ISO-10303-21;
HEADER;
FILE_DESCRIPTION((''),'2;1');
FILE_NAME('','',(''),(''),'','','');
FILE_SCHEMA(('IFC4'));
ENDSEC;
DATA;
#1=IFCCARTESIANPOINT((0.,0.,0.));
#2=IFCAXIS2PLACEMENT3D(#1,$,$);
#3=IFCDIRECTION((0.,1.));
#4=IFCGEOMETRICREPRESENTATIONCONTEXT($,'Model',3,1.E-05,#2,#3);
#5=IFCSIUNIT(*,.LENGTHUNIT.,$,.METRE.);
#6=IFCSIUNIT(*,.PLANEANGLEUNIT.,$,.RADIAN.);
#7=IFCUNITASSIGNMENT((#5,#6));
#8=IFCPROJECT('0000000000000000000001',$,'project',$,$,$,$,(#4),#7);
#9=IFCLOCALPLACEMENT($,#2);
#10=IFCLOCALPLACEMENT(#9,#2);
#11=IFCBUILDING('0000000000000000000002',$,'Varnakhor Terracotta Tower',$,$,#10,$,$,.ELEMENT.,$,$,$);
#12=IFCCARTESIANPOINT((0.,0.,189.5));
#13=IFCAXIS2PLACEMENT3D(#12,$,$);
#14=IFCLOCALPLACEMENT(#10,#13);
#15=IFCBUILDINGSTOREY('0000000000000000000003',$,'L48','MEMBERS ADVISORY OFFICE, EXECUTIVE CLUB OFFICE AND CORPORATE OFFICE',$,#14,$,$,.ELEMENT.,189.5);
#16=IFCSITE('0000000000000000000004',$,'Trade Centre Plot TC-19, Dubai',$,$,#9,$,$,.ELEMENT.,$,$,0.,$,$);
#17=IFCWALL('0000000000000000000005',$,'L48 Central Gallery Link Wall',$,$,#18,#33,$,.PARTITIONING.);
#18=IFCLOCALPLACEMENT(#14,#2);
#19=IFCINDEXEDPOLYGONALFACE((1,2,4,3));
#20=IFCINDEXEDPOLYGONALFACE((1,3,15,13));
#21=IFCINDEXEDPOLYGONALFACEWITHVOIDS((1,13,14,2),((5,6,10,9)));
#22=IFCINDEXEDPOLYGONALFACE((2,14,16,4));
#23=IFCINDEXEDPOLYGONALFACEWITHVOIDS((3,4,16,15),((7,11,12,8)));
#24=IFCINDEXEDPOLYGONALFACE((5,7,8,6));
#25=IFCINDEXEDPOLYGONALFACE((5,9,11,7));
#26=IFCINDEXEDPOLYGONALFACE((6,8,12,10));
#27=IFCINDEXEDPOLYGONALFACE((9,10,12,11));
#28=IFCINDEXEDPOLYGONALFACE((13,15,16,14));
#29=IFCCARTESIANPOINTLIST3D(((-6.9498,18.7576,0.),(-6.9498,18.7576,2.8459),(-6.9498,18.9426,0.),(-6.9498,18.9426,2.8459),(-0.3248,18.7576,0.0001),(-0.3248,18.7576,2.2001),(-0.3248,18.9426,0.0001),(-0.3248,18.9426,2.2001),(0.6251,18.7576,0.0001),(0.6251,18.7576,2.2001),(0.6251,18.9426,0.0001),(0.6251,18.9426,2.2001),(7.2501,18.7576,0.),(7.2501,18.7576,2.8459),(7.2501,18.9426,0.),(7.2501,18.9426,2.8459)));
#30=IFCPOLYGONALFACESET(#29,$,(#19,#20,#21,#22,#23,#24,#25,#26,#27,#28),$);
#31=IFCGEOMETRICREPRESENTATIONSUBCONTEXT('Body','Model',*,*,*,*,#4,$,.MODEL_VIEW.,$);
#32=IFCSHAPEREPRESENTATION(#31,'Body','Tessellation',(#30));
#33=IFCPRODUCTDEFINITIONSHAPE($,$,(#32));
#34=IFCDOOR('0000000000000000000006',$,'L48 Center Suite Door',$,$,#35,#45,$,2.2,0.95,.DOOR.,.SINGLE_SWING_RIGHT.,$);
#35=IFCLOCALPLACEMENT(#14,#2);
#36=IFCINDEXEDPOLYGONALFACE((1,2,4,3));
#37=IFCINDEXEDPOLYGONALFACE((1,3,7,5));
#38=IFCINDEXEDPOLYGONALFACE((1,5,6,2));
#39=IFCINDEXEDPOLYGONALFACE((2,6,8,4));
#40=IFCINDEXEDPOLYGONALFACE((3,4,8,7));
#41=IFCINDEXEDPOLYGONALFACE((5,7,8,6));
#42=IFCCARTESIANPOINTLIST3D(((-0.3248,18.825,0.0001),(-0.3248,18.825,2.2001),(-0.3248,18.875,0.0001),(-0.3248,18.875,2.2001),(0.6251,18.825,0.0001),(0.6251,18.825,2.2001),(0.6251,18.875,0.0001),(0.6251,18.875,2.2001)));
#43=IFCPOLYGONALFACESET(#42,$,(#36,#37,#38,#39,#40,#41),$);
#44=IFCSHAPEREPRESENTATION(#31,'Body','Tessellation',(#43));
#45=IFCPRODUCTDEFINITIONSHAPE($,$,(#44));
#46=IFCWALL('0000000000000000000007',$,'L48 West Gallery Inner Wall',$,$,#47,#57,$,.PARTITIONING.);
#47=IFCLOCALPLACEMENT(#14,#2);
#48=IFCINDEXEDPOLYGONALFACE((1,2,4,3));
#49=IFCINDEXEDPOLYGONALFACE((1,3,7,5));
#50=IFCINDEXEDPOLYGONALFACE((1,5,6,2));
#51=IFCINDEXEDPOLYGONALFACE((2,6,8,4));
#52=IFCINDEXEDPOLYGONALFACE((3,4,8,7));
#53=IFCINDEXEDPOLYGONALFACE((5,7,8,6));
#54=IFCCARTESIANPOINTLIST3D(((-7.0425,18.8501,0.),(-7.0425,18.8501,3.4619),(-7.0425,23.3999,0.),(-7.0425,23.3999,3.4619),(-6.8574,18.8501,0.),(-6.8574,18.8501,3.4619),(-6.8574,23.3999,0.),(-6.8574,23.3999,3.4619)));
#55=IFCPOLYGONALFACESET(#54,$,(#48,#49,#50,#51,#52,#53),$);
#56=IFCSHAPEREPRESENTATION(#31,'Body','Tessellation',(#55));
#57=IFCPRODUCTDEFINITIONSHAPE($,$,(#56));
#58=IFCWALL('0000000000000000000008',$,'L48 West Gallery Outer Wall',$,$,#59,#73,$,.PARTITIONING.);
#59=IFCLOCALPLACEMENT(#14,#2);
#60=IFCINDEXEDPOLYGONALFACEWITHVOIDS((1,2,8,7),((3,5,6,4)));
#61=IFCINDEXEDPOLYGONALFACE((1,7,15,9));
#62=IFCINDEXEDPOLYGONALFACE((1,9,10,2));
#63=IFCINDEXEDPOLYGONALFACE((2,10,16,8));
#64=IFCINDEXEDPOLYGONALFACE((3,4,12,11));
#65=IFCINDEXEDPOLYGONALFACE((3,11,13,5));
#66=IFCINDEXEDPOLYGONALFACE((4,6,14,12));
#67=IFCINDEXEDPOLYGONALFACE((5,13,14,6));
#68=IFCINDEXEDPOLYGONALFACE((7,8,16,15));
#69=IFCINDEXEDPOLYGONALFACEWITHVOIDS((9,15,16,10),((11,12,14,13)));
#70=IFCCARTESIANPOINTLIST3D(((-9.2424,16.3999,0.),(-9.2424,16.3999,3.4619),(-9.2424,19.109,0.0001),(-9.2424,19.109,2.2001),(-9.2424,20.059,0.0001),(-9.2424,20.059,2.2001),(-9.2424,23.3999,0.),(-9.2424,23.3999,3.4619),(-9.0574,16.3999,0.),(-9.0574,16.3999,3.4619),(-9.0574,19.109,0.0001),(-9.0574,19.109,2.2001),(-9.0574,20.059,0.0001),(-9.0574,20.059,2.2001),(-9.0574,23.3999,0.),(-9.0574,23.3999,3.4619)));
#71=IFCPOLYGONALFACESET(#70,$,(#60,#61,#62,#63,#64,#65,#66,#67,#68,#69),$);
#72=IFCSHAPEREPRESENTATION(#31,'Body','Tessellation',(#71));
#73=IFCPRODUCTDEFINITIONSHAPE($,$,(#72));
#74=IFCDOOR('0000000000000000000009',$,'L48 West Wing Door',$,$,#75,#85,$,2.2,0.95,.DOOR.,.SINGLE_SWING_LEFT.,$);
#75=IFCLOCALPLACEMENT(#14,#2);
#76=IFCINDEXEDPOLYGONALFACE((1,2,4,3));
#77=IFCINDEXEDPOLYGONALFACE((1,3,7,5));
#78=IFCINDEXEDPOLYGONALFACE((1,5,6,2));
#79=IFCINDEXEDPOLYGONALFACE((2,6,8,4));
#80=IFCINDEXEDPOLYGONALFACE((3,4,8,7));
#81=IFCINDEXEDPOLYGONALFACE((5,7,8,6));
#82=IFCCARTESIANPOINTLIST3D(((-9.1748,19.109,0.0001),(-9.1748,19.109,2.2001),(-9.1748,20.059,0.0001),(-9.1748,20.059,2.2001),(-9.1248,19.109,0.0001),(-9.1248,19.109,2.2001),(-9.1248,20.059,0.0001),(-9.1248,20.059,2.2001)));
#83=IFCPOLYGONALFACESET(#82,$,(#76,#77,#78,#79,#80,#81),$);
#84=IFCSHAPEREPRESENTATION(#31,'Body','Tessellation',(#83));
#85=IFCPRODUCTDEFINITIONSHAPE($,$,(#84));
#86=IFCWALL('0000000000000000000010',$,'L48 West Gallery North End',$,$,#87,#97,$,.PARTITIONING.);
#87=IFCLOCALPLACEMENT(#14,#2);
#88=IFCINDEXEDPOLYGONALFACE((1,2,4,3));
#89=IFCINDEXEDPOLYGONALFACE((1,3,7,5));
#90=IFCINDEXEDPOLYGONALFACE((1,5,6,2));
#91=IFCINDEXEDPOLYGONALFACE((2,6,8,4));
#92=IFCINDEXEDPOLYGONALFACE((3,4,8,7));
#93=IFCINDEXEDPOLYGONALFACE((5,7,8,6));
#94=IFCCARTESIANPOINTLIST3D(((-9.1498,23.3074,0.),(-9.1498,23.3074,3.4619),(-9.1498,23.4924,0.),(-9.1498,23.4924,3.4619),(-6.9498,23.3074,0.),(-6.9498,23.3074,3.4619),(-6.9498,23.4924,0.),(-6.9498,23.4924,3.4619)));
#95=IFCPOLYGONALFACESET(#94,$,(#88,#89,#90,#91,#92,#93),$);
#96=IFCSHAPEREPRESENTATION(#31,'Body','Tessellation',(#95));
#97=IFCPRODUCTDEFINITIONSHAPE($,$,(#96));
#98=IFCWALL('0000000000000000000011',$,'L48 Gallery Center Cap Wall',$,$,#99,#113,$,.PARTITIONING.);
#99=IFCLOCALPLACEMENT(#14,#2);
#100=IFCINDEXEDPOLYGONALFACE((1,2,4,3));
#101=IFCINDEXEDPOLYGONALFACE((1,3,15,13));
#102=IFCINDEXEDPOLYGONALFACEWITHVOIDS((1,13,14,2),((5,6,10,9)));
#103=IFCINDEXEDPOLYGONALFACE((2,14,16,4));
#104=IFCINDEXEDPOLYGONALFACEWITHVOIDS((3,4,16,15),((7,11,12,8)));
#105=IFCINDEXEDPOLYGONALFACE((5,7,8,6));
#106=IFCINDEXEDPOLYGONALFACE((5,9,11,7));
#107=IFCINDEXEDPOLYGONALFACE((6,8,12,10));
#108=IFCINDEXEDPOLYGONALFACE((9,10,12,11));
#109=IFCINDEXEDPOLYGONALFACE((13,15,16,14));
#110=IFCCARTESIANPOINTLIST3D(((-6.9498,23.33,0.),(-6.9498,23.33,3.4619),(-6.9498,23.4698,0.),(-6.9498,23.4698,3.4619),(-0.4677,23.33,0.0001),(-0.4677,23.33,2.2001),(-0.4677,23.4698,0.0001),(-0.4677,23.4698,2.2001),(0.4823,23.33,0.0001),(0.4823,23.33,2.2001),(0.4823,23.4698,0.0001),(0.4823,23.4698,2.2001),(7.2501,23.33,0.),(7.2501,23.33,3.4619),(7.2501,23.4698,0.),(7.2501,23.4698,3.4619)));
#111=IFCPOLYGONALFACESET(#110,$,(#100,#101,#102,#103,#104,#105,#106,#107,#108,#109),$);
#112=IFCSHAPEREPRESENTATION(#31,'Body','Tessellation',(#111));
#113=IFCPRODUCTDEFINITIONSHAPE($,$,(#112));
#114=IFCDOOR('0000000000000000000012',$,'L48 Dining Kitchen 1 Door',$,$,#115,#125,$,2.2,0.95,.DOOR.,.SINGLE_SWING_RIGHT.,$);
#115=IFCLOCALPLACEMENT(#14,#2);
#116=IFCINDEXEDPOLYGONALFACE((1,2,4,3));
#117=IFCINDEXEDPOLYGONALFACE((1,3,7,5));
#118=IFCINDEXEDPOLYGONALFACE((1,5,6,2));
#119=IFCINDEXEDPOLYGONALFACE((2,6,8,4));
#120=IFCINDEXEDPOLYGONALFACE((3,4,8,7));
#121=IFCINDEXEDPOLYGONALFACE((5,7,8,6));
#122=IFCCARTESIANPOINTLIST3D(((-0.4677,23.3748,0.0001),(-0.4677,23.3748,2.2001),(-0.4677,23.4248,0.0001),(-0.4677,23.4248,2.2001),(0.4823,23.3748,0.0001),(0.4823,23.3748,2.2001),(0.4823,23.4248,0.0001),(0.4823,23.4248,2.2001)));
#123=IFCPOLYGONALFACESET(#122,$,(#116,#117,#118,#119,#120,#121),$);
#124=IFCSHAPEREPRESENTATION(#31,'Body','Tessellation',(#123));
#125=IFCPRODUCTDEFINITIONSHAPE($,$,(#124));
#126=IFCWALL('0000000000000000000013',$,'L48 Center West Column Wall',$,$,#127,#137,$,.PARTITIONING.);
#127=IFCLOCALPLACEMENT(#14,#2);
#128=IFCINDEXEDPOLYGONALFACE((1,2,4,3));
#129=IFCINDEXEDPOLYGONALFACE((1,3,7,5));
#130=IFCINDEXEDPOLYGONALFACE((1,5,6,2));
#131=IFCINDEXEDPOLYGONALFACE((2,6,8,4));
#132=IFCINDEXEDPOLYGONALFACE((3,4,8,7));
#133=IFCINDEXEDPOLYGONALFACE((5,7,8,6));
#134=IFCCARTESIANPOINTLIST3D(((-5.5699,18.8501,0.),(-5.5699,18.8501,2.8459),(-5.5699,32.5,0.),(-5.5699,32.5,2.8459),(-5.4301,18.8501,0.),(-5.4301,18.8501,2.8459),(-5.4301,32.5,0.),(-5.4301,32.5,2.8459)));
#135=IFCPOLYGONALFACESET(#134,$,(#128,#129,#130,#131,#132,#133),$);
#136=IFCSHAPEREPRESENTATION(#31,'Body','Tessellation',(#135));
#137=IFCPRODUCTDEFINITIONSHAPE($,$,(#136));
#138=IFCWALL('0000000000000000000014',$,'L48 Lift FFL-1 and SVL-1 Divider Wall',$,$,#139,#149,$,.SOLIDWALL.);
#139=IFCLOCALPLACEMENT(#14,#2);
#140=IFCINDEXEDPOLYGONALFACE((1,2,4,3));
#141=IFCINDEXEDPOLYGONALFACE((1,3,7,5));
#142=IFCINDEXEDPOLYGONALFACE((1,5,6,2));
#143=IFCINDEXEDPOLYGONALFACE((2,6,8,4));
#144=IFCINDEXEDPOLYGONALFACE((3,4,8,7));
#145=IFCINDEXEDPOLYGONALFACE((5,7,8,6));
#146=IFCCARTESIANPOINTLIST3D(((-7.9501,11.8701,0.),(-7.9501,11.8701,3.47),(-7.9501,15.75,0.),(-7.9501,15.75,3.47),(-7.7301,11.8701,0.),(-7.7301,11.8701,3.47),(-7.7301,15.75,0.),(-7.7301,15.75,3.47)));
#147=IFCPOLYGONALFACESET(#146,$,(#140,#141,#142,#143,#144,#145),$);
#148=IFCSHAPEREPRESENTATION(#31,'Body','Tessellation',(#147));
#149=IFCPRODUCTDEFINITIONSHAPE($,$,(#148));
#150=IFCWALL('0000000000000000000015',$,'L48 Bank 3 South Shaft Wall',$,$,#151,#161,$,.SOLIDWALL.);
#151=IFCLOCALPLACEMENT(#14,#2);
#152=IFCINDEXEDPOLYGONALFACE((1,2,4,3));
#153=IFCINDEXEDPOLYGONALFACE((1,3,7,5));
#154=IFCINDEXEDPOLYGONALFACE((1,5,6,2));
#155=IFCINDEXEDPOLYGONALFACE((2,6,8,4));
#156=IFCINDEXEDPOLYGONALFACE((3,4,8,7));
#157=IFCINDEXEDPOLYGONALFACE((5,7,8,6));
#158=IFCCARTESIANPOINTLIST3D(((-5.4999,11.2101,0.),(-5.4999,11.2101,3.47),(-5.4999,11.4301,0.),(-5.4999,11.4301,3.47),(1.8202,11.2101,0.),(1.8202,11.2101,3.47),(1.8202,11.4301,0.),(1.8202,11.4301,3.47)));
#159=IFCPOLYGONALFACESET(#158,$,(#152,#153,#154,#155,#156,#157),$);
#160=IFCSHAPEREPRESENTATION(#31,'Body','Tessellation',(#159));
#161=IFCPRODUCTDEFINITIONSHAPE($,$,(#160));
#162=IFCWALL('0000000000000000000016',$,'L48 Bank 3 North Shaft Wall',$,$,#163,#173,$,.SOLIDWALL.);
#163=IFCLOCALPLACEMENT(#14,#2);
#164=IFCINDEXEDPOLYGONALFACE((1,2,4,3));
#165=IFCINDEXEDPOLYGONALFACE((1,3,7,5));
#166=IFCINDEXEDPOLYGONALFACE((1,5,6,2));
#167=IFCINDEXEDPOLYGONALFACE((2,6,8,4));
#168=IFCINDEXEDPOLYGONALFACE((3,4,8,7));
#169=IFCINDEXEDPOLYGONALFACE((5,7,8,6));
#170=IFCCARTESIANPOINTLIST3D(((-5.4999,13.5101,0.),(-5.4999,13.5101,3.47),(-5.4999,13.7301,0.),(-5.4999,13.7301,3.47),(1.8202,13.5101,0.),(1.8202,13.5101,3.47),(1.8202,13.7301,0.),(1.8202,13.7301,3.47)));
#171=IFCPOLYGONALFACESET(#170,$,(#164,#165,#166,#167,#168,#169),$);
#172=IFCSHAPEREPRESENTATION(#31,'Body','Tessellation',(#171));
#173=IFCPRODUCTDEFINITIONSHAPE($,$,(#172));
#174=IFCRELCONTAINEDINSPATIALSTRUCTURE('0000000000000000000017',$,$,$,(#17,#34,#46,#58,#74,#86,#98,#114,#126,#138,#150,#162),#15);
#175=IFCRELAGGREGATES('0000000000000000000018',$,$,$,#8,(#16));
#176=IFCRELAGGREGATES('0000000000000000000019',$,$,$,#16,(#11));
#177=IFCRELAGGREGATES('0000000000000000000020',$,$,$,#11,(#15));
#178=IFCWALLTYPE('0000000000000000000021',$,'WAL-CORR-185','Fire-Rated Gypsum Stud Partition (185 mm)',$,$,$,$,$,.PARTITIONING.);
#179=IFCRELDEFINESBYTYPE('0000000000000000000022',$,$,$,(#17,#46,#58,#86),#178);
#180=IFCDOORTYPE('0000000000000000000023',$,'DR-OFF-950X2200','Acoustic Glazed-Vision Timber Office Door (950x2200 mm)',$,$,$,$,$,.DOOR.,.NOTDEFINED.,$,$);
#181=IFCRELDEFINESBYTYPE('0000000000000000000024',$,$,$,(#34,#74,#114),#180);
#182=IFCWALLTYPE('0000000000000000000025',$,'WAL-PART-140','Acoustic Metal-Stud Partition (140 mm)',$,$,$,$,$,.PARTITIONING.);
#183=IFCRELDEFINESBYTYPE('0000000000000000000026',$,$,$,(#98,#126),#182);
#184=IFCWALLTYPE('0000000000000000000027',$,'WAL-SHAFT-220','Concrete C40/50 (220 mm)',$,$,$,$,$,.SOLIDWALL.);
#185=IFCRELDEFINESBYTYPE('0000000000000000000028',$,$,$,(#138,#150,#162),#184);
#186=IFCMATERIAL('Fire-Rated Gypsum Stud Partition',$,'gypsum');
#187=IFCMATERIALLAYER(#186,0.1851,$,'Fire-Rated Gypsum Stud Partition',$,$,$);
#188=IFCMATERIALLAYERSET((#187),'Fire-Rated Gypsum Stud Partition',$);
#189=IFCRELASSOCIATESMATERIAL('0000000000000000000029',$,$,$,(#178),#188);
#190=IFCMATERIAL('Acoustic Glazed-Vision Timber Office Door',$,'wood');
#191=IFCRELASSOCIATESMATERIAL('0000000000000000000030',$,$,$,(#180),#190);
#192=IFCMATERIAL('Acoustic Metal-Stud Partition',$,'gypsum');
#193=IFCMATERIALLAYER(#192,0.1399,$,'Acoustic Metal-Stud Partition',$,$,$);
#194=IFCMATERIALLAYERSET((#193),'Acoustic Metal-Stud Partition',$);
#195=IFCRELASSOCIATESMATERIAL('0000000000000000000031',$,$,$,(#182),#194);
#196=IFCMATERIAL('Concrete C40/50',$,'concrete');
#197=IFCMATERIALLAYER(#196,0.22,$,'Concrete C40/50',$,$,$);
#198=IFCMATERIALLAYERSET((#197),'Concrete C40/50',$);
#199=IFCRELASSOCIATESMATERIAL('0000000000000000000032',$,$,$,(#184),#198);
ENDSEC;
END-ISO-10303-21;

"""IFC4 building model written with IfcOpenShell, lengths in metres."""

from ifc_helpers import new_model, si_unit, direction, frame, frame_2d, origin, place, context, subcontext, project, spatial, rectangle, extrude, source, transform, mapped, material, layer, layer_set, type_object, type_shapes, element, fill, save


model = new_model("IFC4")

# Units and contexts
model_context = context("Model", 3, precision=1e-05, world=origin(), true_north=direction((0.0, 1.0)))
body_context = subcontext(model_context, "Body", "Model", "MODEL_VIEW")
ifc_project = project(units=[si_unit("LENGTHUNIT", "METRE"), si_unit("PLANEANGLEUNIT", "RADIAN")], contexts=[model_context])

# Site, building, storey
site_placement = place(None, origin())
site = spatial("IfcSite", under=ifc_project, at=site_placement, Name="Trade Centre Plot TC-19, Dubai", CompositionType="ELEMENT", RefElevation=0.0)
building_placement = place(site_placement, origin())
building = spatial("IfcBuilding", under=site, at=building_placement, Name="Varnakhor Terracotta Tower", CompositionType="ELEMENT")
storey_placement = place(building_placement, frame((0.0, 0.0, 189.5)))
storey = spatial("IfcBuildingStorey", under=building, at=storey_placement, Name="L48", Description="MEMBERS ADVISORY OFFICE, EXECUTIVE CLUB OFFICE AND CORPORATE OFFICE", CompositionType="ELEMENT", Elevation=189.5)

# Wall, opening, door
ifc_material_1 = material(Name="Fire-Rated Gypsum Stud Partition", Category="gypsum")
ifc_layer_1 = layer(ifc_material_1, 0.1851, Name="Fire-Rated Gypsum Stud Partition")
ifc_layer_set_1 = layer_set([ifc_layer_1], Name="Fire-Rated Gypsum Stud Partition")
wall_type_1 = type_object("IfcWallType", Name="WAL-CORR-185", Description="Fire-Rated Gypsum Stud Partition (185 mm)", PredefinedType="PARTITIONING", material=ifc_layer_set_1)
wall_1_placement = place(storey_placement, frame((-6.95, 18.8501, 0.0), z_axis=(0.0, 0.0, 1.0), x_axis=(1.0, 0.0, 0.0)))
wall_1 = element("IfcWall", 1, at=wall_1_placement, inside=storey, type_object=wall_type_1, Name="L48 Central Gallery Link Wall", PredefinedType="PARTITIONING", context=body_context, shape_type="SweptSolid", body=[
    extrude(rectangle(XDim=14.2, YDim=0.1851, at=frame_2d((7.1001, 0.0))), origin(), (0.0, 0.0, 1.0), 2.8459),
])
opening_1_placement = place(wall_1_placement, frame((6.625, 0.0, 0.0)))
opening_1 = element("IfcOpeningElement", 2, at=opening_1_placement, cuts=wall_1, PredefinedType="OPENING", context=body_context, shape_type="SweptSolid", body=[
    extrude(rectangle(XDim=0.95, YDim=2.2, at=frame_2d((0.4751, 1.1001))), frame((0.0, 0.1025, 0.0), z_axis=(0.0, -1.0, 0.0), x_axis=(1.0, 0.0, 0.0)), (0.0, 0.0, 1.0), 0.2051),
])
ifc_material_2 = material(Name="Acoustic Glazed-Vision Timber Office Door", Category="wood")
door_type_1 = type_object("IfcDoorType", Name="DR-OFF-950X2200", Description="Acoustic Glazed-Vision Timber Office Door (950x2200 mm)", OperationType="NOTDEFINED", PredefinedType="DOOR", material=ifc_material_2)
shared_shape_1 = source(origin(), body_context, "Body", "SweptSolid", [
    extrude(rectangle(XDim=0.95, YDim=2.2, at=frame_2d((0.4751, 1.1001))), frame((0.0, 0.0249, 0.0), z_axis=(0.0, -1.0, 0.0), x_axis=(1.0, 0.0, 0.0)), (0.0, 0.0, 1.0), 0.05),
])
type_shapes(door_type_1, [shared_shape_1])
door_1_placement = place(opening_1_placement, origin())
door_1 = element("IfcDoor", 3, at=door_1_placement, inside=storey, type_object=door_type_1, Name="L48 Center Suite Door", OperationType="SINGLE_SWING_RIGHT", OverallHeight=2.2, OverallWidth=0.95, PredefinedType="DOOR", context=body_context, shape_type="MappedRepresentation", body=[
    mapped(shared_shape_1, transform((0.0, 0.0, 0.0), scale=1.0)),
])
fill(opening_1, door_1)

# Wall
wall_2_placement = place(storey_placement, frame((-6.95, 18.8501, 0.0), z_axis=(0.0, 0.0, 1.0), x_axis=(0.0, 1.0, 0.0)))
element("IfcWall", 4, at=wall_2_placement, inside=storey, type_object=wall_type_1, Name="L48 West Gallery Inner Wall", PredefinedType="PARTITIONING", context=body_context, shape_type="SweptSolid", body=[
    extrude(rectangle(XDim=4.5498, YDim=0.1851, at=frame_2d((2.2749, 0.0))), origin(), (0.0, 0.0, 1.0), 3.4619),
])

# Wall, opening, door
wall_3_placement = place(storey_placement, frame((-9.1499, 16.3999, 0.0), z_axis=(0.0, 0.0, 1.0), x_axis=(0.0, 1.0, 0.0)))
wall_3 = element("IfcWall", 5, at=wall_3_placement, inside=storey, type_object=wall_type_1, Name="L48 West Gallery Outer Wall", PredefinedType="PARTITIONING", context=body_context, shape_type="SweptSolid", body=[
    extrude(rectangle(XDim=7.0, YDim=0.1851, at=frame_2d((3.5, 0.0))), origin(), (0.0, 0.0, 1.0), 3.4619),
])
opening_2_placement = place(wall_3_placement, frame((2.709, 0.0, 0.0)))
opening_2 = element("IfcOpeningElement", 6, at=opening_2_placement, cuts=wall_3, PredefinedType="OPENING", context=body_context, shape_type="SweptSolid", body=[
    extrude(rectangle(XDim=0.95, YDim=2.2, at=frame_2d((0.4751, 1.1001))), frame((0.0, 0.1025, 0.0), z_axis=(0.0, -1.0, 0.0), x_axis=(1.0, 0.0, 0.0)), (0.0, 0.0, 1.0), 0.2051),
])
door_2_placement = place(opening_2_placement, origin())
door_2 = element("IfcDoor", 7, at=door_2_placement, inside=storey, type_object=door_type_1, Name="L48 West Wing Door", OperationType="SINGLE_SWING_LEFT", OverallHeight=2.2, OverallWidth=0.95, PredefinedType="DOOR", context=body_context, shape_type="MappedRepresentation", body=[
    mapped(shared_shape_1, transform((0.0, 0.0, 0.0), scale=1.0)),
])
fill(opening_2, door_2)

# Wall
wall_4_placement = place(storey_placement, frame((-9.1499, 23.3999, 0.0), z_axis=(0.0, 0.0, 1.0), x_axis=(1.0, 0.0, 0.0)))
element("IfcWall", 8, at=wall_4_placement, inside=storey, type_object=wall_type_1, Name="L48 West Gallery North End", PredefinedType="PARTITIONING", context=body_context, shape_type="SweptSolid", body=[
    extrude(rectangle(XDim=2.2, YDim=0.1851, at=frame_2d((1.1001, 0.0))), origin(), (0.0, 0.0, 1.0), 3.4619),
])

# Wall, opening, door
ifc_material_3 = material(Name="Acoustic Metal-Stud Partition", Category="gypsum")
ifc_layer_2 = layer(ifc_material_3, 0.1399, Name="Acoustic Metal-Stud Partition")
ifc_layer_set_2 = layer_set([ifc_layer_2], Name="Acoustic Metal-Stud Partition")
wall_type_2 = type_object("IfcWallType", Name="WAL-PART-140", Description="Acoustic Metal-Stud Partition (140 mm)", PredefinedType="PARTITIONING", material=ifc_layer_set_2)
wall_5_placement = place(storey_placement, frame((-6.95, 23.3999, 0.0), z_axis=(0.0, 0.0, 1.0), x_axis=(1.0, 0.0, 0.0)))
wall_5 = element("IfcWall", 9, at=wall_5_placement, inside=storey, type_object=wall_type_2, Name="L48 Gallery Center Cap Wall", PredefinedType="PARTITIONING", context=body_context, shape_type="SweptSolid", body=[
    extrude(rectangle(XDim=14.2, YDim=0.1399, at=frame_2d((7.1001, 0.0))), origin(), (0.0, 0.0, 1.0), 3.4619),
])
opening_3_placement = place(wall_5_placement, frame((6.4822, 0.0, 0.0)))
opening_3 = element("IfcOpeningElement", 10, at=opening_3_placement, cuts=wall_5, PredefinedType="OPENING", context=body_context, shape_type="SweptSolid", body=[
    extrude(rectangle(XDim=0.95, YDim=2.2, at=frame_2d((0.4751, 1.1001))), frame((0.0, 0.0801, 0.0), z_axis=(0.0, -1.0, 0.0), x_axis=(1.0, 0.0, 0.0)), (0.0, 0.0, 1.0), 0.1599),
])
door_3_placement = place(opening_3_placement, origin())
door_3 = element("IfcDoor", 11, at=door_3_placement, inside=storey, type_object=door_type_1, Name="L48 Dining Kitchen 1 Door", OperationType="SINGLE_SWING_RIGHT", OverallHeight=2.2, OverallWidth=0.95, PredefinedType="DOOR", context=body_context, shape_type="MappedRepresentation", body=[
    mapped(shared_shape_1, transform((0.0, 0.0, 0.0), scale=1.0)),
])
fill(opening_3, door_3)

# Walls
wall_6_placement = place(storey_placement, frame((-5.5, 18.8501, 0.0), z_axis=(0.0, 0.0, 1.0), x_axis=(0.0, 1.0, 0.0)))
element("IfcWall", 12, at=wall_6_placement, inside=storey, type_object=wall_type_2, Name="L48 Center West Column Wall", PredefinedType="PARTITIONING", context=body_context, shape_type="SweptSolid", body=[
    extrude(rectangle(XDim=13.6499, YDim=0.1399, at=frame_2d((6.825, 0.0))), origin(), (0.0, 0.0, 1.0), 2.8459),
])
ifc_material_4 = material(Name="Concrete C40/50", Category="concrete")
ifc_layer_3 = layer(ifc_material_4, 0.22, Name="Concrete C40/50")
ifc_layer_set_3 = layer_set([ifc_layer_3], Name="Concrete C40/50")
wall_type_3 = type_object("IfcWallType", Name="WAL-SHAFT-220", Description="Concrete C40/50 (220 mm)", PredefinedType="SOLIDWALL", material=ifc_layer_set_3)
wall_7_placement = place(storey_placement, frame((-7.8401, 11.8701, 0.0), z_axis=(0.0, 0.0, 1.0), x_axis=(0.0, 1.0, 0.0)))
element("IfcWall", 13, at=wall_7_placement, inside=storey, type_object=wall_type_3, Name="L48 Lift FFL-1 and SVL-1 Divider Wall", PredefinedType="SOLIDWALL", context=body_context, shape_type="SweptSolid", body=[
    extrude(rectangle(XDim=3.8799, YDim=0.22, at=frame_2d((1.9399, 0.0))), origin(), (0.0, 0.0, 1.0), 3.47),
])
for number, where, z_axis, x_axis, name in (
    (14, (-5.5, 11.3201, 0.0), (0.0, 0.0, 1.0), (1.0, 0.0, 0.0), "L48 Bank 3 South Shaft Wall"),
    (15, (-5.5, 13.6201, 0.0), (0.0, 0.0, 1.0), (1.0, 0.0, 0.0), "L48 Bank 3 North Shaft Wall"),
):
    element("IfcWall", number, at=place(storey_placement, frame(where, z_axis=z_axis, x_axis=x_axis)), inside=storey, type_object=wall_type_3, Name=name, PredefinedType="SOLIDWALL", context=body_context, shape_type="SweptSolid", body=[
        extrude(rectangle(XDim=7.3201, YDim=0.22, at=frame_2d((3.6602, 0.0))), origin(), (0.0, 0.0, 1.0), 3.47),
    ])

save(model, "model.ifc")
